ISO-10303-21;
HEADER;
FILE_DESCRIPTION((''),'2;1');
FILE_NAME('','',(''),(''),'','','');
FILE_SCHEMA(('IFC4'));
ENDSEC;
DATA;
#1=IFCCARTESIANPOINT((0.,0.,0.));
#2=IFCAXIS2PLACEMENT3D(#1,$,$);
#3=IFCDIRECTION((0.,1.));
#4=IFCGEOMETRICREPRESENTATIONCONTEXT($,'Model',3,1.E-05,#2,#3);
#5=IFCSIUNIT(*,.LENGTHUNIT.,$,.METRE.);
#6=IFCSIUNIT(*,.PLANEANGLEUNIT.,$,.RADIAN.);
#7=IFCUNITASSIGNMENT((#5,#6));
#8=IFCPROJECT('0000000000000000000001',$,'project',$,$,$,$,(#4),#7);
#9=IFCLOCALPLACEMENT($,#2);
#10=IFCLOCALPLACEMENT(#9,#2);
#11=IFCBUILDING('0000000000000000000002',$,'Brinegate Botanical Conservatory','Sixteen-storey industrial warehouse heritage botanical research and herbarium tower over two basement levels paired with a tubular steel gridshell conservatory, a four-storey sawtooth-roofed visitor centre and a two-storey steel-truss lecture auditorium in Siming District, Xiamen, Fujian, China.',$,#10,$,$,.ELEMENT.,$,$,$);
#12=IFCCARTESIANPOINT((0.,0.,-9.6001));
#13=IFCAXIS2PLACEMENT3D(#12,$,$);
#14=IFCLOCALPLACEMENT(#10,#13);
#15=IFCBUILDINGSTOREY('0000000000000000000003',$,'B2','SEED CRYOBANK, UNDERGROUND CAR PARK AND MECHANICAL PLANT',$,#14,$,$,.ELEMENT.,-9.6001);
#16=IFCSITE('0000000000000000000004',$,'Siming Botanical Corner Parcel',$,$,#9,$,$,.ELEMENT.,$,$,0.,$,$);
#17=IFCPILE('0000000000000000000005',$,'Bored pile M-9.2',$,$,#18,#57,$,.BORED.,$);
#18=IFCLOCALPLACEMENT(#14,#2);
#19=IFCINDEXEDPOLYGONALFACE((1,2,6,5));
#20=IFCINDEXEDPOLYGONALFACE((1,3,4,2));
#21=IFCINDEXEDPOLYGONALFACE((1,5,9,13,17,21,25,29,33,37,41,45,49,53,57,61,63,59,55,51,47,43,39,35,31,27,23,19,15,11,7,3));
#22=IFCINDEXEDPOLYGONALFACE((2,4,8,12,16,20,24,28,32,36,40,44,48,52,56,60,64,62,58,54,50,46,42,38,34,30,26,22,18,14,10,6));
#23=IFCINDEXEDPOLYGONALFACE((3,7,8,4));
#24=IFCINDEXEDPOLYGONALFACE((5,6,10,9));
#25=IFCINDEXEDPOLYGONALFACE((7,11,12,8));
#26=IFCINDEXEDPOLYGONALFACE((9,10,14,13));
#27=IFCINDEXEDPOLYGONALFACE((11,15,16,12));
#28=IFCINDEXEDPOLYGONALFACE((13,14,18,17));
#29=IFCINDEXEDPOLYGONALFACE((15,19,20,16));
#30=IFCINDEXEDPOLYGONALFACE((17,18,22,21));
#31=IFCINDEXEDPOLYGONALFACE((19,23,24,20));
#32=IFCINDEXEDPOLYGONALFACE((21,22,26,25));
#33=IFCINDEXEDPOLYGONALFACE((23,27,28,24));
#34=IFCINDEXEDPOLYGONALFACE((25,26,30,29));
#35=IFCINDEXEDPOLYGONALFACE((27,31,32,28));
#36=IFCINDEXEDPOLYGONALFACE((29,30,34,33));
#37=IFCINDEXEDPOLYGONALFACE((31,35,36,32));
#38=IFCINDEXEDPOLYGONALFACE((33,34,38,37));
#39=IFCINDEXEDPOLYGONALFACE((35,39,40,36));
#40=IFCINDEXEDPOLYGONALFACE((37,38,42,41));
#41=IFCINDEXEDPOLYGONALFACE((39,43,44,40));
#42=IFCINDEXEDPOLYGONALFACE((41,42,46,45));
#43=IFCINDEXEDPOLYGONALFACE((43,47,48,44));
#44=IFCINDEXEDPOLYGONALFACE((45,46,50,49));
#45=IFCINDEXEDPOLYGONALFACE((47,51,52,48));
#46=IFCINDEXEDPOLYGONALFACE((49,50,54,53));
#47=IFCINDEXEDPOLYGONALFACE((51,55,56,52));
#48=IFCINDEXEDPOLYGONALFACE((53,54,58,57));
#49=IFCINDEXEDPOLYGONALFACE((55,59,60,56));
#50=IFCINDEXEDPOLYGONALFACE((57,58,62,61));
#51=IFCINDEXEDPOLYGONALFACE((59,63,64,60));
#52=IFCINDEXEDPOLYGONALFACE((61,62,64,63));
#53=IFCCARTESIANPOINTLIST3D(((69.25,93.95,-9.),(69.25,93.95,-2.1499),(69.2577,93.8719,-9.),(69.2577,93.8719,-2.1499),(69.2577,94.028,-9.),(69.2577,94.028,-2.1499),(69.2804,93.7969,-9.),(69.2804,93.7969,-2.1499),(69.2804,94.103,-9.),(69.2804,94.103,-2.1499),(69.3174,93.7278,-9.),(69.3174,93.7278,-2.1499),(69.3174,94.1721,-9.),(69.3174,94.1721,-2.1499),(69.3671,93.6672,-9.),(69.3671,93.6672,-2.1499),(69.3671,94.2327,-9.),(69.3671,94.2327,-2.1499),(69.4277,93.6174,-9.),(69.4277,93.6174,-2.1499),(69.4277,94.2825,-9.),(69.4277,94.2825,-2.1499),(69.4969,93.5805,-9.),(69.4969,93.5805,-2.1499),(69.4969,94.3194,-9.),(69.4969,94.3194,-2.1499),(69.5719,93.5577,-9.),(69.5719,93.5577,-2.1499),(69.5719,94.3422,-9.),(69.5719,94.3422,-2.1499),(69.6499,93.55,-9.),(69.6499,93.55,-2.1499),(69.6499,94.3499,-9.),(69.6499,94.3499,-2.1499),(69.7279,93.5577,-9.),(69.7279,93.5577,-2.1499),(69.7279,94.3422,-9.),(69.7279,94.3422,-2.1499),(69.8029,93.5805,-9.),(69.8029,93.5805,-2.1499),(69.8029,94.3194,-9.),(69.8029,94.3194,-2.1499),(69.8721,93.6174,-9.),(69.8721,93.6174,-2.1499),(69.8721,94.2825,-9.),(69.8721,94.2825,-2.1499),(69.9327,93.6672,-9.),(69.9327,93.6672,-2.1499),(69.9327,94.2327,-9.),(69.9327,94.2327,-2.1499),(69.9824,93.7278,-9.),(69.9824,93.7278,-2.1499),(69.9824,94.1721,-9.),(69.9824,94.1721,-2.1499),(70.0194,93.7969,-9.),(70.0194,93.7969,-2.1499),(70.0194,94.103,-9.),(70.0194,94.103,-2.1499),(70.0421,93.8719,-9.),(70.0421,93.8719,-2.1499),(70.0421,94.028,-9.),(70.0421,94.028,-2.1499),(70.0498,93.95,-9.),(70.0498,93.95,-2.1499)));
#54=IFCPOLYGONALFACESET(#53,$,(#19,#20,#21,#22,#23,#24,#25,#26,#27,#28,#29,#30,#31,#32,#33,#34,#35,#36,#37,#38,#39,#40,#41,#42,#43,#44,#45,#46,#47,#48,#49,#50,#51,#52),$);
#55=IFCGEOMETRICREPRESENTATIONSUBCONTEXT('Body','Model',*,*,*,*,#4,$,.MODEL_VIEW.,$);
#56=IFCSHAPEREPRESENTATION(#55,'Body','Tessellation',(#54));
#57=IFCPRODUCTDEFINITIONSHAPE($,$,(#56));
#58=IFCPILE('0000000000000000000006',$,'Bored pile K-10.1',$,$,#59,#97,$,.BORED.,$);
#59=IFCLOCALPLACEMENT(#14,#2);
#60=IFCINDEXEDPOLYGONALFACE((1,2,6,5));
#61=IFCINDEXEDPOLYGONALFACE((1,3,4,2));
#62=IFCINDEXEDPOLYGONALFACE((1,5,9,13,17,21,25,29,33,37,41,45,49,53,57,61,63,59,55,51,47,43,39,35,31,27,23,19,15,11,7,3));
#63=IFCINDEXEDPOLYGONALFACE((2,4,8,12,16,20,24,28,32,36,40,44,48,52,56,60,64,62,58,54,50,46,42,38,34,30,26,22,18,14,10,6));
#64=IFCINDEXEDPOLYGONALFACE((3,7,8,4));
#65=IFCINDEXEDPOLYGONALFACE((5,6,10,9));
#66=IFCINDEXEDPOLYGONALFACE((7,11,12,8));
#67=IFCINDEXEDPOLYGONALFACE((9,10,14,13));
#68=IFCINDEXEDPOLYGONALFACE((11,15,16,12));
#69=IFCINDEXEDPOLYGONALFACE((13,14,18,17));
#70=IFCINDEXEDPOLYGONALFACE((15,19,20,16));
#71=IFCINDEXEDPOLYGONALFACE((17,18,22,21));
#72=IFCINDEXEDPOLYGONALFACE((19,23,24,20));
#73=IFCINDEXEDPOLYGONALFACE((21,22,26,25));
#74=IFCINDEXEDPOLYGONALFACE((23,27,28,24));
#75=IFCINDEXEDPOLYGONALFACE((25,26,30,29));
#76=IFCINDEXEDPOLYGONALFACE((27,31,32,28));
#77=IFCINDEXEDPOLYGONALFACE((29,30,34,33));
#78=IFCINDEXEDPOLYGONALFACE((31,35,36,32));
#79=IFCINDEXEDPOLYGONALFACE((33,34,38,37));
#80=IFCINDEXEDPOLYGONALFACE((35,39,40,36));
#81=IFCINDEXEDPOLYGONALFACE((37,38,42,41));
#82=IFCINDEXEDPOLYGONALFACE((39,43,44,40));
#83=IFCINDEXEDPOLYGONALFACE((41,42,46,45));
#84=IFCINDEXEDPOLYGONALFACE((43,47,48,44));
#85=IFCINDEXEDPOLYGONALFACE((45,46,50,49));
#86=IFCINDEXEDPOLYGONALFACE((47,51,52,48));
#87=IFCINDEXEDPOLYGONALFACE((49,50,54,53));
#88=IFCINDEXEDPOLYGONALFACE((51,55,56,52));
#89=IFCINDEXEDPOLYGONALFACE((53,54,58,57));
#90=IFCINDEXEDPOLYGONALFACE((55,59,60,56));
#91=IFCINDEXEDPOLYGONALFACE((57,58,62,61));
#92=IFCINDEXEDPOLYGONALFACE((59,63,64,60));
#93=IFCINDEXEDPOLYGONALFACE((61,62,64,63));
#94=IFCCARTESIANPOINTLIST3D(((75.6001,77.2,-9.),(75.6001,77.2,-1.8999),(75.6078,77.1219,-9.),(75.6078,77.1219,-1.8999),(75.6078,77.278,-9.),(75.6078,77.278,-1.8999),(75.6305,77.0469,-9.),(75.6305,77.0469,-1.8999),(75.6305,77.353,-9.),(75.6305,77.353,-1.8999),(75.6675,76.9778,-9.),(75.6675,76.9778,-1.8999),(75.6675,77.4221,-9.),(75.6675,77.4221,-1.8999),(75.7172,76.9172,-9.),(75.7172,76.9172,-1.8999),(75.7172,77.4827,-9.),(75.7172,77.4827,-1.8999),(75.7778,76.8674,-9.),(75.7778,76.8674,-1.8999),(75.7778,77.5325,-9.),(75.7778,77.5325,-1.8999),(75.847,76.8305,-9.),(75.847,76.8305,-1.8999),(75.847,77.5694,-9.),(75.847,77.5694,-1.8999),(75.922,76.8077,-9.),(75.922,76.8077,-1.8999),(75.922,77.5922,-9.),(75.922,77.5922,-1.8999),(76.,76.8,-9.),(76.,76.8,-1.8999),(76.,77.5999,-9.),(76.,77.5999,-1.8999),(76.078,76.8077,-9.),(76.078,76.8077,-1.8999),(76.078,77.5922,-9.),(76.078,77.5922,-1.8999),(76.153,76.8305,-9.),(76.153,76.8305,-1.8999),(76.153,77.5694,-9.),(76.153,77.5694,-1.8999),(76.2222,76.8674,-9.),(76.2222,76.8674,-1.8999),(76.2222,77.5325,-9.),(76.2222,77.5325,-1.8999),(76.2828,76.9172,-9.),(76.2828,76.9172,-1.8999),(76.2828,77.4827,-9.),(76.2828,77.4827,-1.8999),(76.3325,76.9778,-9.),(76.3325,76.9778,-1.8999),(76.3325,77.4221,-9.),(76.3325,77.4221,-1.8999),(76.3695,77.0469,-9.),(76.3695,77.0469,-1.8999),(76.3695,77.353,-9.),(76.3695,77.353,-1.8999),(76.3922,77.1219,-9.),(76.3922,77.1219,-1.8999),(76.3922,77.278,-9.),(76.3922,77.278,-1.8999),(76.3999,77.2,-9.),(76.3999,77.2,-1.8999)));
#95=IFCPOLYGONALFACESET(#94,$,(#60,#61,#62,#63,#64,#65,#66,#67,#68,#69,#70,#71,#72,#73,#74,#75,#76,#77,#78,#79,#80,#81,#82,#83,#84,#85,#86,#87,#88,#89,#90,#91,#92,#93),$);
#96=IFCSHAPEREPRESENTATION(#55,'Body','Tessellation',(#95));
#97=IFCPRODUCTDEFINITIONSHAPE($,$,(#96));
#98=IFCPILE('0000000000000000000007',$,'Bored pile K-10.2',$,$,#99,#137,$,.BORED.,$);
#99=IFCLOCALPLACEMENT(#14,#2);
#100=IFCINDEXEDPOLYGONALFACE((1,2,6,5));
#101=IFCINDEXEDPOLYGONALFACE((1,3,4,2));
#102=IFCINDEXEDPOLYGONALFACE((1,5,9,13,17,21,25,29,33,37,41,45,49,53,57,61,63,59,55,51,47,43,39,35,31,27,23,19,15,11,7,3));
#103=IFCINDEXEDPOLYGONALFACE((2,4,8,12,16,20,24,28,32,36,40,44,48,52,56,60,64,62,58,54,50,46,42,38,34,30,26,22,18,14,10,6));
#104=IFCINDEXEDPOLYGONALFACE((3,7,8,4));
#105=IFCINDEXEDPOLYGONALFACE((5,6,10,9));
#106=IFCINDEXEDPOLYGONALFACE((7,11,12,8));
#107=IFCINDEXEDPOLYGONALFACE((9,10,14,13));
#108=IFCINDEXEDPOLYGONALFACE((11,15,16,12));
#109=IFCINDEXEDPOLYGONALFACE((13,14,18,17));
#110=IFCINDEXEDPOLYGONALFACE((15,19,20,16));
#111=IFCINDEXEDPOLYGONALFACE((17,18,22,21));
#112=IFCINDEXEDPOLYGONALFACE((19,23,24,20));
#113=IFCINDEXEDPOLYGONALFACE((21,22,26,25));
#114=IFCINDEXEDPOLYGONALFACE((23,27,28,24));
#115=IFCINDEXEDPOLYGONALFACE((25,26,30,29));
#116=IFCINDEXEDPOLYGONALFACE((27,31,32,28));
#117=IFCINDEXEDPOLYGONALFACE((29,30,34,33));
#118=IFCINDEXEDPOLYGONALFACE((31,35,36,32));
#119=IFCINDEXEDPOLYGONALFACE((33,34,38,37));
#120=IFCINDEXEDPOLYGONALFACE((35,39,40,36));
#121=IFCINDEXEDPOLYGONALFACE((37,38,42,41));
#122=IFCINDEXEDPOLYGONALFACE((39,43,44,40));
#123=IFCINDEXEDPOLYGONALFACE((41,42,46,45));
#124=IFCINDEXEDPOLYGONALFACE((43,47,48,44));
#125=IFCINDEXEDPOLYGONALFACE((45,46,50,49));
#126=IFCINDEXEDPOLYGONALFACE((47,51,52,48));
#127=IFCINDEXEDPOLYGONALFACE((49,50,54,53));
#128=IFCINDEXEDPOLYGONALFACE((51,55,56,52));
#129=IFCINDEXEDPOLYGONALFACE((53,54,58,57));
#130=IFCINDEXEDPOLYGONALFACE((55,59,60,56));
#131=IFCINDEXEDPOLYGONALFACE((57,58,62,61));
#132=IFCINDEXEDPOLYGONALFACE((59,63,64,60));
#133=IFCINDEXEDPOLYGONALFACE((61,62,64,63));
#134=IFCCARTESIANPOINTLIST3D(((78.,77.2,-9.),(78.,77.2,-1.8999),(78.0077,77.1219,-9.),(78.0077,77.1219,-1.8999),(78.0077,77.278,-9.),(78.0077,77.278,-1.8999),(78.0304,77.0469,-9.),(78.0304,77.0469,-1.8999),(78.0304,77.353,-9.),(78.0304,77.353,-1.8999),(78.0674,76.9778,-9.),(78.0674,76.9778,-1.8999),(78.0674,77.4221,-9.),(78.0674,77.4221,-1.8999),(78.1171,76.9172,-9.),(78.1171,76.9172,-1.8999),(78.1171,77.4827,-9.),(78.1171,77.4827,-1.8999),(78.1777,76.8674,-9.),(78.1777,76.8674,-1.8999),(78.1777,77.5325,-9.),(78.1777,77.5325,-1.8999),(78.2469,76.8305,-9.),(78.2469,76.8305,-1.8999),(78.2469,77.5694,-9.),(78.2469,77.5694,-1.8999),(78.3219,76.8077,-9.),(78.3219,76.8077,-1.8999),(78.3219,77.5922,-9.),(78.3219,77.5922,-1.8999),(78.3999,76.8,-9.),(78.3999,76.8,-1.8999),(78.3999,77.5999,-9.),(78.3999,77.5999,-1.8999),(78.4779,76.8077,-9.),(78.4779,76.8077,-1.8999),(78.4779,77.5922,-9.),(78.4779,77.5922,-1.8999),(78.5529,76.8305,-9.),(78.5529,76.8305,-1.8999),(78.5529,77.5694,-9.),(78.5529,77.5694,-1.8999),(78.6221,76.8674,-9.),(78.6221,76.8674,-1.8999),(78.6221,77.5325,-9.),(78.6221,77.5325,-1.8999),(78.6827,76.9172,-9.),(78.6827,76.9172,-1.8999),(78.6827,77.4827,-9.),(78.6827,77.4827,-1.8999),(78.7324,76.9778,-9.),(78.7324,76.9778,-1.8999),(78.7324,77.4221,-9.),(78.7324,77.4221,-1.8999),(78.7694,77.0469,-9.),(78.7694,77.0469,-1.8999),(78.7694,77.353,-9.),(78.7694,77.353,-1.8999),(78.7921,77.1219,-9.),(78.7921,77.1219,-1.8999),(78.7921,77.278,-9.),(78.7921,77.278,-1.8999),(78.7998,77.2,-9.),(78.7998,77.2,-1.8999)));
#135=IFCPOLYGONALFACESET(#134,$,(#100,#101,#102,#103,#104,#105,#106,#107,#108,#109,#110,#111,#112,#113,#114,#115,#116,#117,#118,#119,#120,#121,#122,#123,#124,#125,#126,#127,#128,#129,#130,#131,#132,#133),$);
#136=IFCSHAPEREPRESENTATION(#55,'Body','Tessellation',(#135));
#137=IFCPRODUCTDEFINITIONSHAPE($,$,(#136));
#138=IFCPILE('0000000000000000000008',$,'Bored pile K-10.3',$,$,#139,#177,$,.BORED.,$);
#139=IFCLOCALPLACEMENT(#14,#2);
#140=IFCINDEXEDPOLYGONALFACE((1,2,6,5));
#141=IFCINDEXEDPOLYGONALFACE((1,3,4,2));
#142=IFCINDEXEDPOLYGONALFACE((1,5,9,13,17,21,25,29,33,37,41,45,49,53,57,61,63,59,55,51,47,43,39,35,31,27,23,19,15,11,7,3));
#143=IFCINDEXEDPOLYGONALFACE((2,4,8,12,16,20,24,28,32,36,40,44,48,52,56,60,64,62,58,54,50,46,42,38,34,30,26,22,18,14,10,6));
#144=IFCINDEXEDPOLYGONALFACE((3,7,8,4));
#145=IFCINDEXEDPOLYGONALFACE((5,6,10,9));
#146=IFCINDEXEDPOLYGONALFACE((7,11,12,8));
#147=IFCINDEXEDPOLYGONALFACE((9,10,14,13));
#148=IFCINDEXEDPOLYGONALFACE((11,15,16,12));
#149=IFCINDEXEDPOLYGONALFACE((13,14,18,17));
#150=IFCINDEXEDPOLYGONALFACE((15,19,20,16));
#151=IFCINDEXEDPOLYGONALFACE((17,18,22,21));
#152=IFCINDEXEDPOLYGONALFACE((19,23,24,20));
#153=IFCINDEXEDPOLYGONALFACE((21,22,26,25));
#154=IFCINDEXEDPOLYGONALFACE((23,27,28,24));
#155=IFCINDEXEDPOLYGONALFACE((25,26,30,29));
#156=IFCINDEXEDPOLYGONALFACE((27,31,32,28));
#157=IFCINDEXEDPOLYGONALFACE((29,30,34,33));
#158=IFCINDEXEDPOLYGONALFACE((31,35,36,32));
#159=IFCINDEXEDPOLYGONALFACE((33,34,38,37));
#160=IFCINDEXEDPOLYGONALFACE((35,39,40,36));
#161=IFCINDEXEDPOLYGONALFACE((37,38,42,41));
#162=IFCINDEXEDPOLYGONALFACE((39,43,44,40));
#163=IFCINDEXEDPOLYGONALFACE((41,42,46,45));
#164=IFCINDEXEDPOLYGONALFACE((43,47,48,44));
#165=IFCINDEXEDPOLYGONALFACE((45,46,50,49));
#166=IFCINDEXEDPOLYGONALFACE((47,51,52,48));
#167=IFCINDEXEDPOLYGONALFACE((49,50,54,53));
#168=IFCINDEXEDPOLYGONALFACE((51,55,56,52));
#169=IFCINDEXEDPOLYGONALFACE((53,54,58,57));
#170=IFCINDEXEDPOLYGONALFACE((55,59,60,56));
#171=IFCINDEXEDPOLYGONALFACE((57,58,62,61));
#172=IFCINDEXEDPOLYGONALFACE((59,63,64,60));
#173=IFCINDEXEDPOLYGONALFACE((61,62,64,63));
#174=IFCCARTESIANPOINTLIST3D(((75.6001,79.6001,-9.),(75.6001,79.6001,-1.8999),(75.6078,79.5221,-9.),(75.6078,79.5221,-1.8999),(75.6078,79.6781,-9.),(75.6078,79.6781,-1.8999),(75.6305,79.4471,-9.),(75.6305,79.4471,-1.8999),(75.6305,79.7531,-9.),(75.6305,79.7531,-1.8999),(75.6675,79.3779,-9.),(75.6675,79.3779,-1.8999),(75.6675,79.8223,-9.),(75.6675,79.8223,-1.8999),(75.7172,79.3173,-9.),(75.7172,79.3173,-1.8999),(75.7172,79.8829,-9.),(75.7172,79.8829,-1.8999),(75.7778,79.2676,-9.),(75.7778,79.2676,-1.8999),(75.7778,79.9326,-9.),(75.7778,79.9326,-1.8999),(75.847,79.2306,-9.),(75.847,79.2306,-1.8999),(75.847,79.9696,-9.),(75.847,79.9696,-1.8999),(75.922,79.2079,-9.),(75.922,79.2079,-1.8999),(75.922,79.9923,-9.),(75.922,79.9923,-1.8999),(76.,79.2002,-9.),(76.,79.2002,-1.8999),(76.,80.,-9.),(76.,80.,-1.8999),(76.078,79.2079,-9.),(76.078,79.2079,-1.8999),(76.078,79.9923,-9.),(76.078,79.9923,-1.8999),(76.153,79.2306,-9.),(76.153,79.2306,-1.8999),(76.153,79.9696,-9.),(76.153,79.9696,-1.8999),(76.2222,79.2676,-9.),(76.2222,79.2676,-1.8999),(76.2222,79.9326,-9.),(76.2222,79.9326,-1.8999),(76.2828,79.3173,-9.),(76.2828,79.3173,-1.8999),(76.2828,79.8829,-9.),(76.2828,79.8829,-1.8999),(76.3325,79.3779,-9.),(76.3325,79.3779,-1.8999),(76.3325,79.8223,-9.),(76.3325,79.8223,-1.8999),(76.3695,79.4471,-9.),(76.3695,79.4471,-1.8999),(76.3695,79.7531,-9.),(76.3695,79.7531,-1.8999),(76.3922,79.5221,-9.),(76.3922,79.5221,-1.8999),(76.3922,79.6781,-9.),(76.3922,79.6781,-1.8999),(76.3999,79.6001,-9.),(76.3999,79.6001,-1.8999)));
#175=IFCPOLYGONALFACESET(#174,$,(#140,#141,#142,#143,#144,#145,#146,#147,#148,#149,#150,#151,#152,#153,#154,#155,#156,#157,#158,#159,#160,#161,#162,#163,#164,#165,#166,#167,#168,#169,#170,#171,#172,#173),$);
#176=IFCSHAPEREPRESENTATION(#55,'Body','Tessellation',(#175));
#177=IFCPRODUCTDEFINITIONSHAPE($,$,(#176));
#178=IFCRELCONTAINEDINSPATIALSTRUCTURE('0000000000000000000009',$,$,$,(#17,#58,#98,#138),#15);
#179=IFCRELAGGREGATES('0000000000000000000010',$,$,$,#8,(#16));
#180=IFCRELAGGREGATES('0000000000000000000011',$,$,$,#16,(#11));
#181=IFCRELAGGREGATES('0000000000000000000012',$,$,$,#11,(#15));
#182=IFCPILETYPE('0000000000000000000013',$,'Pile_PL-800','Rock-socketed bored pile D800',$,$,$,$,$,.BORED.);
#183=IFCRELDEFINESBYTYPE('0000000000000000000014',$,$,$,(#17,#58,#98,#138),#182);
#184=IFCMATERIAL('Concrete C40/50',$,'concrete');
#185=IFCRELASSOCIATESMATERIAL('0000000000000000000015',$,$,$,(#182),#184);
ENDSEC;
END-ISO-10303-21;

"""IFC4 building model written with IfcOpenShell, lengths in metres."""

from ifc_helpers import new_model, si_unit, direction, frame, origin, origin_2d, place, context, subcontext, project, spatial, circle, extrude, material, material_profile, profile_set, type_object, element, save


model = new_model("IFC4")

# Units and contexts
model_context = context("Model", 3, precision=1e-05, world=origin(), true_north=direction((0.0, 1.0)))
body_context = subcontext(model_context, "Body", "Model", "MODEL_VIEW")
ifc_project = project(units=[si_unit("LENGTHUNIT", "METRE"), si_unit("PLANEANGLEUNIT", "RADIAN")], contexts=[model_context])

# Site, building, storey
site_placement = place(None, origin())
site = spatial("IfcSite", under=ifc_project, at=site_placement, Name="Siming Botanical Corner Parcel", CompositionType="ELEMENT", RefElevation=0.0)
building_placement = place(site_placement, origin())
building = spatial("IfcBuilding", under=site, at=building_placement, Name="Brinegate Botanical Conservatory", Description="Sixteen-storey industrial warehouse heritage botanical research and herbarium tower over two basement levels paired with a tubular steel gridshell conservatory, a four-storey sawtooth-roofed visitor centre and a two-storey steel-truss lecture auditorium in Siming District, Xiamen, Fujian, China.", CompositionType="ELEMENT")
storey_placement = place(building_placement, frame((0.0, 0.0, -9.6001)))
storey = spatial("IfcBuildingStorey", under=building, at=storey_placement, Name="B2", Description="SEED CRYOBANK, UNDERGROUND CAR PARK AND MECHANICAL PLANT", CompositionType="ELEMENT", Elevation=-9.6001)

# Shared definitions
ifc_material = material(Name="Concrete C40/50", Category="concrete")

# Piles
ifc_material_profile_1 = material_profile(ifc_material, circle(Radius=0.3999, at=origin_2d()), Name="PILE D800")
ifc_profile_set_1 = profile_set([ifc_material_profile_1], Name="Concrete C40/50")
pile_type = type_object("IfcPileType", Name="Pile_PL-800", Description="Rock-socketed bored pile D800", PredefinedType="BORED", material=ifc_profile_set_1)
for number, where, z_axis, x_axis, name in (
    (1, (69.6499, 93.95, -2.1499), (0.0, 0.0, -1.0), (1.0, 0.0, 0.0), "Bored pile M-9.2"),
):
    element("IfcPile", number, at=place(storey_placement, frame(where, z_axis=z_axis, x_axis=x_axis)), inside=storey, type_object=pile_type, Name=name, PredefinedType="BORED", context=body_context, shape_type="SweptSolid", body=[
        extrude(circle(Radius=0.3999, at=origin_2d()), origin(), (0.0, 0.0, 1.0), 6.8501),
    ])
for number, where, z_axis, x_axis, name in (
    (2, (76.0, 77.2, -1.8999), (0.0, 0.0, -1.0), (1.0, 0.0, 0.0), "Bored pile K-10.1"),
    (3, (78.3999, 77.2, -1.8999), (0.0, 0.0, -1.0), (1.0, 0.0, 0.0), "Bored pile K-10.2"),
    (4, (76.0, 79.6001, -1.8999), (0.0, 0.0, -1.0), (1.0, 0.0, 0.0), "Bored pile K-10.3"),
):
    element("IfcPile", number, at=place(storey_placement, frame(where, z_axis=z_axis, x_axis=x_axis)), inside=storey, type_object=pile_type, Name=name, PredefinedType="BORED", context=body_context, shape_type="SweptSolid", body=[
        extrude(circle(Radius=0.3999, at=origin_2d()), origin(), (0.0, 0.0, 1.0), 7.1001),
    ])

save(model, "model.ifc")
